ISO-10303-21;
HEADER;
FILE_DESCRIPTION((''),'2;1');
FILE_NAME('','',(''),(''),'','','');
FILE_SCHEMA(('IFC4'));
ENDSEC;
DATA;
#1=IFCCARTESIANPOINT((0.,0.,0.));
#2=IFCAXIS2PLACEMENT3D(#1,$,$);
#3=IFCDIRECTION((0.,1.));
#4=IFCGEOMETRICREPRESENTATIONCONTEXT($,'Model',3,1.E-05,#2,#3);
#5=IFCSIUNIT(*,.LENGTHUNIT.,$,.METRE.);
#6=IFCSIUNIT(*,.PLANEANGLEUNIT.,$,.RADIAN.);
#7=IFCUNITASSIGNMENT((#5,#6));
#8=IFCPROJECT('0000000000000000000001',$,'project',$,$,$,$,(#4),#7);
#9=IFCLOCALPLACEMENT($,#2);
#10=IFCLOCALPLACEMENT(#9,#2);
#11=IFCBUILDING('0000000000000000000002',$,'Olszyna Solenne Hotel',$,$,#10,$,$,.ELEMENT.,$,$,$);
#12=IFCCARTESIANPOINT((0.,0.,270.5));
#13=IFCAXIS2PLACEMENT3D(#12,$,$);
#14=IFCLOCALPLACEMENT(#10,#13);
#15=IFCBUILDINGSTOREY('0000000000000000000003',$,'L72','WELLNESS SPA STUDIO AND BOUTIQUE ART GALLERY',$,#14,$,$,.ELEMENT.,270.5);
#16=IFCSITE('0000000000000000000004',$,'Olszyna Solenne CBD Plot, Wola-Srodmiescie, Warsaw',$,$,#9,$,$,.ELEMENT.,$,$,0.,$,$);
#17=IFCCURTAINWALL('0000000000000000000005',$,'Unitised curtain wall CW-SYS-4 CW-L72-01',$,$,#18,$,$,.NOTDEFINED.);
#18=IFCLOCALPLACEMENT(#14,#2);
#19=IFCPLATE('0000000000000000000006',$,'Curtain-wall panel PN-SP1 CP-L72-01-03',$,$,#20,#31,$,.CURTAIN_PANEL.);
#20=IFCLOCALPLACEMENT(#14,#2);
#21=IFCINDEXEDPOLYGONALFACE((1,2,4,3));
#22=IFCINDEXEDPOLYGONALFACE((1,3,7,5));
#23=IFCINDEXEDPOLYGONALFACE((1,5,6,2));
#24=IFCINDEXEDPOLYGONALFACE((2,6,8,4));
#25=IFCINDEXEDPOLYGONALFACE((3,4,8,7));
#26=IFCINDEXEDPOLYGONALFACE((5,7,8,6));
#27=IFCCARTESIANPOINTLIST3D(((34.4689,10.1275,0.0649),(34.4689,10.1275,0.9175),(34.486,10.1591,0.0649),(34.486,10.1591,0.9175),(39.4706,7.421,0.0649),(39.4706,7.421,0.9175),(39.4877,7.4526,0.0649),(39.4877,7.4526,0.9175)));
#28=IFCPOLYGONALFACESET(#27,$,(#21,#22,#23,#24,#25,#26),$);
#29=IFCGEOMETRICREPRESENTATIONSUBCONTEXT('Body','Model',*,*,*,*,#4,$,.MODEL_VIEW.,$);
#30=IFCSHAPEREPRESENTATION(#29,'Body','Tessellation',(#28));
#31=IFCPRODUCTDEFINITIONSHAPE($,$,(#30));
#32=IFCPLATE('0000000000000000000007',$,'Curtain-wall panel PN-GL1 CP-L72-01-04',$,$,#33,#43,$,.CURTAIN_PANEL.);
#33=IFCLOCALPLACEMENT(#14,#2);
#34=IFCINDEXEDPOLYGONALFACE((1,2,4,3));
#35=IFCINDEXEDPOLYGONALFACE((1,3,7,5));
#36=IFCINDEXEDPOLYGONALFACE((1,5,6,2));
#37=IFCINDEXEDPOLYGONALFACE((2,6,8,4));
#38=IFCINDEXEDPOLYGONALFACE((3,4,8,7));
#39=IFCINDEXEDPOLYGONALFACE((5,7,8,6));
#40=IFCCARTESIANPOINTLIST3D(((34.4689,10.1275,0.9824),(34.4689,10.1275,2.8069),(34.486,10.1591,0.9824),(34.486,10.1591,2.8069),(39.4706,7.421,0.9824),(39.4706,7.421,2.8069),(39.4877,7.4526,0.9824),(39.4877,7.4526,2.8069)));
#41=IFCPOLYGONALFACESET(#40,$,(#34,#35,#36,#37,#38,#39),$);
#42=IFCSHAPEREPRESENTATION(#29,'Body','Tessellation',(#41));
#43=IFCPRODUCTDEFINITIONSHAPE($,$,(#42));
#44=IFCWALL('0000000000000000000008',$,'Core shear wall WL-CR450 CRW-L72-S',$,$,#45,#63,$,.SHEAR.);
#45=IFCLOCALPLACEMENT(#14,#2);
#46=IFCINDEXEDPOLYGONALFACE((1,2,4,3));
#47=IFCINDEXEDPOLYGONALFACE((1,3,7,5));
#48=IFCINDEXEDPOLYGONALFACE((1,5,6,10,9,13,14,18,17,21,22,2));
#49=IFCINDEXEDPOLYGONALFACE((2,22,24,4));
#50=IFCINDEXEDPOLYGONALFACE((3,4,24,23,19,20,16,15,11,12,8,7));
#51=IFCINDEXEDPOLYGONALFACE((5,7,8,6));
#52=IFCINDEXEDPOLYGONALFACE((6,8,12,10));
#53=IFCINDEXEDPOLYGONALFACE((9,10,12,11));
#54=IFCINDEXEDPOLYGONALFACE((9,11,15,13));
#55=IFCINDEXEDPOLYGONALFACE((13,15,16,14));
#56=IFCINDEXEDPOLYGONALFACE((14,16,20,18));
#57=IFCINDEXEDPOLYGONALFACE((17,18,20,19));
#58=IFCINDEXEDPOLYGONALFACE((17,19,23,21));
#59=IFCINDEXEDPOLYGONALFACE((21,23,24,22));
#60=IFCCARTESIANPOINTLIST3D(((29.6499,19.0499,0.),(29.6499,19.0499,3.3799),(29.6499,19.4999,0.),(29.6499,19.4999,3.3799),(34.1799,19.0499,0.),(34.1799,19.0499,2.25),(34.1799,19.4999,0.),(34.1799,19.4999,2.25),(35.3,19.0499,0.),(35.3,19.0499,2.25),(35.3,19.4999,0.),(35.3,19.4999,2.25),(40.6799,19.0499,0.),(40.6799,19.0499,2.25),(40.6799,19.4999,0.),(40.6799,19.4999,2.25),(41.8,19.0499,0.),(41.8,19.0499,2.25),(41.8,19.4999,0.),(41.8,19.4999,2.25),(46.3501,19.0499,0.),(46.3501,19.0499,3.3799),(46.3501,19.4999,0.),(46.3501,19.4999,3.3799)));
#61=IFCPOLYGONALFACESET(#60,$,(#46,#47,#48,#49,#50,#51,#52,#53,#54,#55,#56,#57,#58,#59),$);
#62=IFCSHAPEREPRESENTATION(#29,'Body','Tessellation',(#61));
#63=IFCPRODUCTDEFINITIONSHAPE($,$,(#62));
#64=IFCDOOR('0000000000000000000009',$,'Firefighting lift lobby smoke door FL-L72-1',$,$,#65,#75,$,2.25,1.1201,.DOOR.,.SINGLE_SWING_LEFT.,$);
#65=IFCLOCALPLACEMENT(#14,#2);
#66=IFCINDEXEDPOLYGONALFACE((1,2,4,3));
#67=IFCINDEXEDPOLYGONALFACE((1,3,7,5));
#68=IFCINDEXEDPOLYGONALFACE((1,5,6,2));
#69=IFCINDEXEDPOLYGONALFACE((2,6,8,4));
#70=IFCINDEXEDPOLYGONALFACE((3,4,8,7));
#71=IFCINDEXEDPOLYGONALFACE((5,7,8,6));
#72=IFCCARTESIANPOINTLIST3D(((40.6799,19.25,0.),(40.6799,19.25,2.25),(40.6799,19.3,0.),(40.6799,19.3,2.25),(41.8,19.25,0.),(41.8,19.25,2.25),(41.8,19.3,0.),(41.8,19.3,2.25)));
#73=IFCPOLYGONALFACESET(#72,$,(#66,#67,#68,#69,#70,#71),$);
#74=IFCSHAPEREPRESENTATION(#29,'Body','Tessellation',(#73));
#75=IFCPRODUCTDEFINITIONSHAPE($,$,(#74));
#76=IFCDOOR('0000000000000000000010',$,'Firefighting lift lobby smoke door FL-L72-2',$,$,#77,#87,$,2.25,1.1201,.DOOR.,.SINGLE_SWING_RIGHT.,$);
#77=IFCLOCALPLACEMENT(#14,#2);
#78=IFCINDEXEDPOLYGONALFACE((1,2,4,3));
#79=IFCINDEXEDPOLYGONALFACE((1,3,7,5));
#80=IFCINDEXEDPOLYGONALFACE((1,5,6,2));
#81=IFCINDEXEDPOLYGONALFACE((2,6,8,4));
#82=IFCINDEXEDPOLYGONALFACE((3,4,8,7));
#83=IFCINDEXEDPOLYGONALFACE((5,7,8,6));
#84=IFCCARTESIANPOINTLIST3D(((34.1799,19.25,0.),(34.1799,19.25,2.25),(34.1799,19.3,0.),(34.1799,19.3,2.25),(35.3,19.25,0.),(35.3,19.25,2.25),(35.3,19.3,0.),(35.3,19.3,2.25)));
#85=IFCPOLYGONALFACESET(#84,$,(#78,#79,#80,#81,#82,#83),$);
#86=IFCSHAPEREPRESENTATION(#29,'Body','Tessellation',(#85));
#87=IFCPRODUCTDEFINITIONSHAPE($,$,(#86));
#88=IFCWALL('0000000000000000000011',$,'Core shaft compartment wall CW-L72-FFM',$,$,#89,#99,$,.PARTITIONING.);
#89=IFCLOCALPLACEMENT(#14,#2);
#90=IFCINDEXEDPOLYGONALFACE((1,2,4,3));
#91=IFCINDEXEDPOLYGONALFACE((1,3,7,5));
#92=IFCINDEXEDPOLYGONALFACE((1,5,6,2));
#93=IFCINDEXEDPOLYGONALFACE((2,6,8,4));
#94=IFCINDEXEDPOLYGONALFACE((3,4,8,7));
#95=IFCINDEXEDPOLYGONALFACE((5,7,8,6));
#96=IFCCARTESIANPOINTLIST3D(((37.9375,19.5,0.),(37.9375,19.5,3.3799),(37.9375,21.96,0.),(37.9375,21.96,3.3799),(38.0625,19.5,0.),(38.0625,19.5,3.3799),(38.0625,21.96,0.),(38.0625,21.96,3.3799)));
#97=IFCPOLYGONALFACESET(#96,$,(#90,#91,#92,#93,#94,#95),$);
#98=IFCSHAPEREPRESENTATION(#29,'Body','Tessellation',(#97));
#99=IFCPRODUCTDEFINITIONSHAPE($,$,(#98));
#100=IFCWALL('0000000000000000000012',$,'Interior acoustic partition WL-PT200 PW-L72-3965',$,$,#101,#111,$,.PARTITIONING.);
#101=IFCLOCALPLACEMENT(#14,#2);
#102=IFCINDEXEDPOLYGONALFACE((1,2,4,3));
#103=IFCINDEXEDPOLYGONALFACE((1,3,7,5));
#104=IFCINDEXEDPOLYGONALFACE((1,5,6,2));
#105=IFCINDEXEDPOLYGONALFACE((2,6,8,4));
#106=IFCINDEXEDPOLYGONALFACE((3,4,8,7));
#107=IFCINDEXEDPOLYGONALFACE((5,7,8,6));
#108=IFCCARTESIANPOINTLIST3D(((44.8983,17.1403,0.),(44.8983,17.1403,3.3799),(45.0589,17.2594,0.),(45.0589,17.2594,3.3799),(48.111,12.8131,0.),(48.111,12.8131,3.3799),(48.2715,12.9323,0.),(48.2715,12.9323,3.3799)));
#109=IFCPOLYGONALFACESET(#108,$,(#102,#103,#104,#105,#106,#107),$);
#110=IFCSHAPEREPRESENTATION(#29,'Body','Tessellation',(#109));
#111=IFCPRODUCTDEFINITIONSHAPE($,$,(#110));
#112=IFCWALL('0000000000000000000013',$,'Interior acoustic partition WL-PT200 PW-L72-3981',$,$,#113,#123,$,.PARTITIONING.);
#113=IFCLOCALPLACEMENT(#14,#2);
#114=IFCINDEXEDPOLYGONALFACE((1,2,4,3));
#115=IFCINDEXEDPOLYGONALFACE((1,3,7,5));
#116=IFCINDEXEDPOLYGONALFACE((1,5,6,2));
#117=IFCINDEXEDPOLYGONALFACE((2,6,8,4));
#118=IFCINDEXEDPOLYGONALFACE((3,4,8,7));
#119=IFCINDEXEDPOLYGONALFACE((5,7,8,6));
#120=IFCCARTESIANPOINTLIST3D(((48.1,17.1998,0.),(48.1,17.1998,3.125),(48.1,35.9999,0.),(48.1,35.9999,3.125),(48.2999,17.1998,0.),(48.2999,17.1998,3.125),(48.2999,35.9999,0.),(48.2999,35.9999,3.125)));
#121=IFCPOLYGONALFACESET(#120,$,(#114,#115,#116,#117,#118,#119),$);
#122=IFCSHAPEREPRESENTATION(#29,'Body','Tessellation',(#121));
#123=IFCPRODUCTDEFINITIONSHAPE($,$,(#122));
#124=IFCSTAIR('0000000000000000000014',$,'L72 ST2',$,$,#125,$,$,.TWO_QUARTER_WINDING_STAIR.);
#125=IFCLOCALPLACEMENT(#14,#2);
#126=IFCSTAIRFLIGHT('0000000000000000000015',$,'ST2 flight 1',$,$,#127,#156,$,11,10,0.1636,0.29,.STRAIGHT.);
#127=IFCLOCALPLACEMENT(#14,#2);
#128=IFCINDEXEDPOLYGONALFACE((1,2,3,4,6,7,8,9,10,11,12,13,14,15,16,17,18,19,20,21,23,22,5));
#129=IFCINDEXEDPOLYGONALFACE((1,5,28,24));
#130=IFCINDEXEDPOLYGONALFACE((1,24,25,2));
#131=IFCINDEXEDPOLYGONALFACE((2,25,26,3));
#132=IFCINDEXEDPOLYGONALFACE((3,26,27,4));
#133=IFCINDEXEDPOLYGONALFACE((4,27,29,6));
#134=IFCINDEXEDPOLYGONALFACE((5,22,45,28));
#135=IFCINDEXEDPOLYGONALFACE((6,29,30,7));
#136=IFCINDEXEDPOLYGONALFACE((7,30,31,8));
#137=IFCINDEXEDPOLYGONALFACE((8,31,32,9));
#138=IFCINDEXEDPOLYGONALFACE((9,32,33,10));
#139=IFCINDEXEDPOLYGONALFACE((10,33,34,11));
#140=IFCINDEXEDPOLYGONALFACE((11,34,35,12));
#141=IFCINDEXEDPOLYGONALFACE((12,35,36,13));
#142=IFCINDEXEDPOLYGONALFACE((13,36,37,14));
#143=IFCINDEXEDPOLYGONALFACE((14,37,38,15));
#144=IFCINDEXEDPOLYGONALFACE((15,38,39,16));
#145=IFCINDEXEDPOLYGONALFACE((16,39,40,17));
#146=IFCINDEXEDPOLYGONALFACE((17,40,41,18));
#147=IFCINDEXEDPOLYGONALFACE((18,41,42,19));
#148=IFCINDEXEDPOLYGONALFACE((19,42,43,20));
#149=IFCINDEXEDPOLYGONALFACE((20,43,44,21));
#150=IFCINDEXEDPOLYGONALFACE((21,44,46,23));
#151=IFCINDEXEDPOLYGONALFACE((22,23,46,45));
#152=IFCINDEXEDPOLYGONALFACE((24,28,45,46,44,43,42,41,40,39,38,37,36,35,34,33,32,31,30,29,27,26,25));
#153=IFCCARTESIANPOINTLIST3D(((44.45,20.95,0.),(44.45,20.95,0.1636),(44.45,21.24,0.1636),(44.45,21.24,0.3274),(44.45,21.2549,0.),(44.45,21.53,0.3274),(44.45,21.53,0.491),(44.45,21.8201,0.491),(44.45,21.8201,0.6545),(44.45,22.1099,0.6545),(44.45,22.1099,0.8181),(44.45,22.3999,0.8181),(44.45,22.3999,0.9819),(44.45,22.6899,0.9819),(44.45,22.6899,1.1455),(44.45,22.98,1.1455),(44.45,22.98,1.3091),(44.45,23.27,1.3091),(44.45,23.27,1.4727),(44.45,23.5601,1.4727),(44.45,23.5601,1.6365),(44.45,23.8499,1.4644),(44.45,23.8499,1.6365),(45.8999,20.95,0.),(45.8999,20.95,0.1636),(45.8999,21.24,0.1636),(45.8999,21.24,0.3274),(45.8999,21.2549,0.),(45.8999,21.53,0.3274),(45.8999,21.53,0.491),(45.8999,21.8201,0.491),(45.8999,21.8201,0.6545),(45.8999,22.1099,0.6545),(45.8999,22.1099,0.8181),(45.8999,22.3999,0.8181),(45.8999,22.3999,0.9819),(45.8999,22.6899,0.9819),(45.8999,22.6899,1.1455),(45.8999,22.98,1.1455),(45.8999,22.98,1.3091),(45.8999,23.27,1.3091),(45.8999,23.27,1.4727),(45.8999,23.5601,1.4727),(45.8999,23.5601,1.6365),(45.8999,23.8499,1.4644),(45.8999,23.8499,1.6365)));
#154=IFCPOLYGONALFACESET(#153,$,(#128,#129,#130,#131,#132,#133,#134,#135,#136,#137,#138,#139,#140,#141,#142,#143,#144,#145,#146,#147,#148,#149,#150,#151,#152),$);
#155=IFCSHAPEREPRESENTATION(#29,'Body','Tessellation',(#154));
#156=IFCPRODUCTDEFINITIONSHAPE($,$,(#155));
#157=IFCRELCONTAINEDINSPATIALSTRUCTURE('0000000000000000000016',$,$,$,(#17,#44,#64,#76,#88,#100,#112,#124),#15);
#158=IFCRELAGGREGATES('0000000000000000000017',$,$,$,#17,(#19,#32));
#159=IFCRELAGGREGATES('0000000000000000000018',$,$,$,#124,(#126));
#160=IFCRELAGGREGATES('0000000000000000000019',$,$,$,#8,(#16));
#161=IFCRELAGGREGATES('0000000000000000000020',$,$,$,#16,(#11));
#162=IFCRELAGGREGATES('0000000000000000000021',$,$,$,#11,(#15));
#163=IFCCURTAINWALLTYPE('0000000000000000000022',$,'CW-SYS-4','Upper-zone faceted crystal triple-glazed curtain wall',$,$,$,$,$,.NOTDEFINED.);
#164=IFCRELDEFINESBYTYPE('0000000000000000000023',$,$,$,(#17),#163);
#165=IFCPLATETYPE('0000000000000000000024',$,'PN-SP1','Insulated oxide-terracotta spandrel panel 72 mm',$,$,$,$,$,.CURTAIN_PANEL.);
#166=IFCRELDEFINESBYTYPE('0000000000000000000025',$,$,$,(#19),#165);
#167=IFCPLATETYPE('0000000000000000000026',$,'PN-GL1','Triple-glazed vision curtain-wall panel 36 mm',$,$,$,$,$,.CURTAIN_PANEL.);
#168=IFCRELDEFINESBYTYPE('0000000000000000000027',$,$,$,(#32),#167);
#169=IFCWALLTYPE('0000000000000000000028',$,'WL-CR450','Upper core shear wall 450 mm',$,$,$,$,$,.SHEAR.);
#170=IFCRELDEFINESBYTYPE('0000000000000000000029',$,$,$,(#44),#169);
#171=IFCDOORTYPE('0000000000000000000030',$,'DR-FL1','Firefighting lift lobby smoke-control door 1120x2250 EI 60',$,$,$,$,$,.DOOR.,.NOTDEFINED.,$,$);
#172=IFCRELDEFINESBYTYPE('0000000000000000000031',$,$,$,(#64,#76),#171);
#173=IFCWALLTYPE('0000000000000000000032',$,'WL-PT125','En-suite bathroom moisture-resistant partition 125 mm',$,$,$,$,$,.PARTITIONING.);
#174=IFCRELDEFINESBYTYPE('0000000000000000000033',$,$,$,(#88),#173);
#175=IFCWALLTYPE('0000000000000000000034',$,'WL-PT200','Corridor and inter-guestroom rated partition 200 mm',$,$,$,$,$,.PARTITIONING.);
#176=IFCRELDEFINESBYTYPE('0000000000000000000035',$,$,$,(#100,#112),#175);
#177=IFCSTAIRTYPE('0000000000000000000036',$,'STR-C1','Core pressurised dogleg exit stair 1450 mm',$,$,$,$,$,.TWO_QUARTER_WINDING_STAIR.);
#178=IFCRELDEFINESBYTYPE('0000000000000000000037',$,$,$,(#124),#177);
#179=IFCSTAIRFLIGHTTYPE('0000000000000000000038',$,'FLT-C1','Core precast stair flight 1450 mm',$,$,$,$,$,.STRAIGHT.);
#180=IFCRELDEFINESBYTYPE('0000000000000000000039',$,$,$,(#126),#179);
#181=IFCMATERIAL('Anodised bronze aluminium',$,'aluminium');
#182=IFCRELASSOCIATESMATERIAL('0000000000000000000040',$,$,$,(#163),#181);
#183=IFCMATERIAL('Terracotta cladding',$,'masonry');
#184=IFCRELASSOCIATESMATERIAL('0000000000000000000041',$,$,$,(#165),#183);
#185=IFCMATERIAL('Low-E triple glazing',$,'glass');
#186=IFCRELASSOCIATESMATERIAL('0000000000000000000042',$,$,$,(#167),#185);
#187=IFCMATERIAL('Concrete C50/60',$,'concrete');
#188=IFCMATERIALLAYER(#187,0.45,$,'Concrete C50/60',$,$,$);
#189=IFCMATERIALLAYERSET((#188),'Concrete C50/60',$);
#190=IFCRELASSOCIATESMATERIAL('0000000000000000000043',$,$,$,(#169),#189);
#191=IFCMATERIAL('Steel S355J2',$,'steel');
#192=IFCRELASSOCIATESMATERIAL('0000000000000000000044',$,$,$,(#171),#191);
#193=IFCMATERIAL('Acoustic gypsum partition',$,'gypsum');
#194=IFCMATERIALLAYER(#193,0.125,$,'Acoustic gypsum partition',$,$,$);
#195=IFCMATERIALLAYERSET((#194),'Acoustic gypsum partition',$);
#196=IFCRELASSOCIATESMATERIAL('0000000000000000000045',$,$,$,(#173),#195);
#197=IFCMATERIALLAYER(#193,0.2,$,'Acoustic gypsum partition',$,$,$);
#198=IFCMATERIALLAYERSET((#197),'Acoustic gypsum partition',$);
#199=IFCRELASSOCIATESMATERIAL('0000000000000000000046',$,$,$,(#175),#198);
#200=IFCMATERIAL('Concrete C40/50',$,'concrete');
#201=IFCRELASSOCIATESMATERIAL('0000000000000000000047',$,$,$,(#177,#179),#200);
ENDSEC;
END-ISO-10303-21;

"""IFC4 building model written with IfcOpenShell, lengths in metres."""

from ifc_helpers import new_model, si_unit, direction, frame, frame_2d, origin, origin_2d, place, context, subcontext, project, spatial, polyline, rectangle, outline, extrude, source, transform, mapped, material, layer, layer_set, type_object, type_shapes, element, fill, aggregate, save


model = new_model("IFC4")

# Units and contexts
model_context = context("Model", 3, precision=1e-05, world=origin(), true_north=direction((0.0, 1.0)))
body_context = subcontext(model_context, "Body", "Model", "MODEL_VIEW")
ifc_project = project(units=[si_unit("LENGTHUNIT", "METRE"), si_unit("PLANEANGLEUNIT", "RADIAN")], contexts=[model_context])

# Site, building, storey
site_placement = place(None, origin())
site = spatial("IfcSite", under=ifc_project, at=site_placement, Name="Olszyna Solenne CBD Plot, Wola-Srodmiescie, Warsaw", CompositionType="ELEMENT", RefElevation=0.0)
building_placement = place(site_placement, origin())
building = spatial("IfcBuilding", under=site, at=building_placement, Name="Olszyna Solenne Hotel", CompositionType="ELEMENT")
storey_placement = place(building_placement, frame((0.0, 0.0, 270.5)))
storey = spatial("IfcBuildingStorey", under=building, at=storey_placement, Name="L72", Description="WELLNESS SPA STUDIO AND BOUTIQUE ART GALLERY", CompositionType="ELEMENT", Elevation=270.5)

# Shared definitions
ifc_material_1 = material(Name="Steel S355J2", Category="steel")

# Curtain wall
ifc_material_2 = material(Name="Anodised bronze aluminium", Category="aluminium")
curtain_wall_type = type_object("IfcCurtainWallType", Name="CW-SYS-4", Description="Upper-zone faceted crystal triple-glazed curtain wall", PredefinedType="NOTDEFINED", material=ifc_material_2)
curtain_wall_placement = place(storey_placement, origin())
curtain_wall = element("IfcCurtainWall", 1, at=curtain_wall_placement, inside=storey, type_object=curtain_wall_type, Name="Unitised curtain wall CW-SYS-4 CW-L72-01", PredefinedType="NOTDEFINED")

# Shared definitions
ifc_material_3 = material(Name="Concrete C50/60", Category="concrete")

# Plates
ifc_material_4 = material(Name="Terracotta cladding", Category="masonry")
plate_type_1 = type_object("IfcPlateType", Name="PN-SP1", Description="Insulated oxide-terracotta spandrel panel 72 mm", PredefinedType="CURTAIN_PANEL", material=ifc_material_4)
shared_shape_1 = source(origin(), body_context, "Body", "SweptSolid", [
    extrude(rectangle(XDim=5.687, YDim=0.0359, at=origin_2d()), origin(), (0.0, 0.0, 1.0), 0.8525),
])
plate_1_placement = place(storey_placement, frame((36.9783, 8.79, 0.0649), z_axis=(0.0, 0.0, 1.0), x_axis=(0.879497, -0.475904, 0.0)))
plate_1 = element("IfcPlate", 2, at=plate_1_placement, type_object=plate_type_1, Name="Curtain-wall panel PN-SP1 CP-L72-01-03", PredefinedType="CURTAIN_PANEL", context=body_context, shape_type="MappedRepresentation", body=[
    mapped(shared_shape_1, transform((0.0, 0.0, 0.0), x_axis=(1.0, 0.0, 0.0), y_axis=(0.0, 1.0, 0.0), z_axis=(0.0, 0.0, 1.0), scale=1.0)),
])
ifc_material_5 = material(Name="Low-E triple glazing", Category="glass")
plate_type_2 = type_object("IfcPlateType", Name="PN-GL1", Description="Triple-glazed vision curtain-wall panel 36 mm", PredefinedType="CURTAIN_PANEL", material=ifc_material_5)
shared_shape_2 = source(origin(), body_context, "Body", "SweptSolid", [
    extrude(rectangle(XDim=5.687, YDim=0.0359, at=origin_2d()), origin(), (0.0, 0.0, 1.0), 1.8245),
])
plate_2_placement = place(storey_placement, frame((36.9783, 8.79, 0.9824), z_axis=(0.0, 0.0, 1.0), x_axis=(0.879497, -0.475904, 0.0)))
plate_2 = element("IfcPlate", 3, at=plate_2_placement, type_object=plate_type_2, Name="Curtain-wall panel PN-GL1 CP-L72-01-04", PredefinedType="CURTAIN_PANEL", context=body_context, shape_type="MappedRepresentation", body=[
    mapped(shared_shape_2, transform((0.0, 0.0, 0.0), x_axis=(1.0, 0.0, 0.0), y_axis=(0.0, 1.0, 0.0), z_axis=(0.0, 0.0, 1.0), scale=1.0)),
])
aggregate(curtain_wall, [plate_1, plate_2])

# Wall, openings, doors
ifc_layer_1 = layer(ifc_material_3, 0.45, Name="Concrete C50/60")
ifc_layer_set_1 = layer_set([ifc_layer_1], Name="Concrete C50/60")
wall_type_1 = type_object("IfcWallType", Name="WL-CR450", Description="Upper core shear wall 450 mm", PredefinedType="SHEAR", material=ifc_layer_set_1)
wall_1_placement = place(storey_placement, frame((46.3501, 19.2749, 0.0), z_axis=(0.0, 0.0, 1.0), x_axis=(-1.0, 0.0, 0.0)))
wall_1 = element("IfcWall", 4, at=wall_1_placement, inside=storey, type_object=wall_type_1, Name="Core shear wall WL-CR450 CRW-L72-S", PredefinedType="SHEAR", context=body_context, shape_type="SweptSolid", body=[
    extrude(rectangle(XDim=16.7002, YDim=0.45, at=frame_2d((8.3501, 0.0))), origin(), (0.0, 0.0, 1.0), 3.3799),
])
opening_1_placement = place(wall_1_placement, frame((4.55, 0.0, 0.0)))
opening_1 = element("IfcOpeningElement", 5, at=opening_1_placement, cuts=wall_1, PredefinedType="OPENING", context=body_context, shape_type="SweptSolid", body=[
    extrude(rectangle(XDim=1.1201, YDim=2.25, at=frame_2d((0.5601, 1.125))), frame((0.0, 0.2349, 0.0), z_axis=(0.0, -1.0, 0.0), x_axis=(1.0, 0.0, 0.0)), (0.0, 0.0, 1.0), 0.47),
])
opening_2_placement = place(wall_1_placement, frame((11.05, 0.0, 0.0)))
opening_2 = element("IfcOpeningElement", 6, at=opening_2_placement, cuts=wall_1, PredefinedType="OPENING", context=body_context, shape_type="SweptSolid", body=[
    extrude(rectangle(XDim=1.1201, YDim=2.25, at=frame_2d((0.5601, 1.125))), frame((0.0, 0.2349, 0.0), z_axis=(0.0, -1.0, 0.0), x_axis=(1.0, 0.0, 0.0)), (0.0, 0.0, 1.0), 0.47),
])
door_type = type_object("IfcDoorType", Name="DR-FL1", Description="Firefighting lift lobby smoke-control door 1120x2250 EI 60", OperationType="NOTDEFINED", PredefinedType="DOOR", material=ifc_material_1)
shared_shape_3 = source(origin(), body_context, "Body", "SweptSolid", [
    extrude(rectangle(XDim=1.1201, YDim=2.25, at=frame_2d((0.5601, 1.125))), frame((0.0, 0.0249, 0.0), z_axis=(0.0, -1.0, 0.0), x_axis=(1.0, 0.0, 0.0)), (0.0, 0.0, 1.0), 0.05),
])
type_shapes(door_type, [shared_shape_3])
door_1_placement = place(opening_1_placement, origin())
door_1 = element("IfcDoor", 7, at=door_1_placement, inside=storey, type_object=door_type, Name="Firefighting lift lobby smoke door FL-L72-1", OperationType="SINGLE_SWING_LEFT", OverallHeight=2.25, OverallWidth=1.1201, PredefinedType="DOOR", context=body_context, shape_type="MappedRepresentation", body=[
    mapped(shared_shape_3, transform((0.0, 0.0, 0.0), x_axis=(1.0, 0.0, 0.0), y_axis=(0.0, 1.0, 0.0), z_axis=(0.0, 0.0, 1.0), scale=1.0)),
])
fill(opening_1, door_1)
door_2_placement = place(opening_2_placement, origin())
door_2 = element("IfcDoor", 8, at=door_2_placement, inside=storey, type_object=door_type, Name="Firefighting lift lobby smoke door FL-L72-2", OperationType="SINGLE_SWING_RIGHT", OverallHeight=2.25, OverallWidth=1.1201, PredefinedType="DOOR", context=body_context, shape_type="MappedRepresentation", body=[
    mapped(shared_shape_3, transform((0.0, 0.0, 0.0), x_axis=(1.0, 0.0, 0.0), y_axis=(0.0, 1.0, 0.0), z_axis=(0.0, 0.0, 1.0), scale=1.0)),
])
fill(opening_2, door_2)

# Walls
ifc_material_6 = material(Name="Acoustic gypsum partition", Category="gypsum")
ifc_layer_2 = layer(ifc_material_6, 0.125, Name="Acoustic gypsum partition")
ifc_layer_set_2 = layer_set([ifc_layer_2], Name="Acoustic gypsum partition")
wall_type_2 = type_object("IfcWallType", Name="WL-PT125", Description="En-suite bathroom moisture-resistant partition 125 mm", PredefinedType="PARTITIONING", material=ifc_layer_set_2)
wall_2_placement = place(storey_placement, frame((38.0, 19.5, 0.0), z_axis=(0.0, 0.0, 1.0), x_axis=(0.0, 1.0, 0.0)))
element("IfcWall", 9, at=wall_2_placement, inside=storey, type_object=wall_type_2, Name="Core shaft compartment wall CW-L72-FFM", PredefinedType="PARTITIONING", context=body_context, shape_type="SweptSolid", body=[
    extrude(rectangle(XDim=2.46, YDim=0.125, at=frame_2d((1.23, 0.0))), origin(), (0.0, 0.0, 1.0), 3.3799),
])
ifc_layer_3 = layer(ifc_material_6, 0.2, Name="Acoustic gypsum partition")
ifc_layer_set_3 = layer_set([ifc_layer_3], Name="Acoustic gypsum partition")
wall_type_3 = type_object("IfcWallType", Name="WL-PT200", Description="Corridor and inter-guestroom rated partition 200 mm", PredefinedType="PARTITIONING", material=ifc_layer_set_3)
wall_3_placement = place(storey_placement, frame((44.9785, 17.2, 0.0), z_axis=(0.0, 0.0, 1.0), x_axis=(0.596108, -0.802904, 0.0)))
element("IfcWall", 10, at=wall_3_placement, inside=storey, type_object=wall_type_3, Name="Interior acoustic partition WL-PT200 PW-L72-3965", PredefinedType="PARTITIONING", context=body_context, shape_type="SweptSolid", body=[
    extrude(rectangle(XDim=5.3894, YDim=0.2, at=frame_2d((2.6948, 0.0))), origin(), (0.0, 0.0, 1.0), 3.3799),
])
wall_4_placement = place(storey_placement, frame((48.2, 17.2, 0.0), z_axis=(0.0, 0.0, 1.0), x_axis=(0.0, 1.0, 0.0)))
element("IfcWall", 11, at=wall_4_placement, inside=storey, type_object=wall_type_3, Name="Interior acoustic partition WL-PT200 PW-L72-3981", PredefinedType="PARTITIONING", context=body_context, shape_type="SweptSolid", body=[
    extrude(rectangle(XDim=18.8, YDim=0.2, at=frame_2d((9.3999, 0.0))), origin(), (0.0, 0.0, 1.0), 3.125),
])

# Stair, stair flight
ifc_material_7 = material(Name="Concrete C40/50", Category="concrete")
stair_type = type_object("IfcStairType", Name="STR-C1", Description="Core pressurised dogleg exit stair 1450 mm", PredefinedType="TWO_QUARTER_WINDING_STAIR", material=ifc_material_7)
stair_placement = place(storey_placement, origin())
stair = element("IfcStair", 12, at=stair_placement, inside=storey, type_object=stair_type, Name="L72 ST2", PredefinedType="TWO_QUARTER_WINDING_STAIR")
stair_flight_type = type_object("IfcStairFlightType", Name="FLT-C1", Description="Core precast stair flight 1450 mm", PredefinedType="STRAIGHT", material=ifc_material_7)
stair_flight_1_placement = place(storey_placement, frame((45.175, 20.95, 0.0), z_axis=(0.0, 0.0, 1.0), x_axis=(0.0, 1.0, 0.0)))
stair_flight_1 = element("IfcStairFlight", 13, at=stair_flight_1_placement, type_object=stair_flight_type, Name="ST2 flight 1", NumberOfRisers=11, NumberOfTreads=10, PredefinedType="STRAIGHT", RiserHeight=0.1636, TreadLength=0.29, context=body_context, shape_type="SweptSolid", body=[
    extrude(outline(polyline([(0.0, 0.0), (0.0, 0.1636), (0.29, 0.1636), (0.29, 0.3274), (0.5801, 0.3274), (0.5801, 0.491), (0.8701, 0.491), (0.8701, 0.6545), (1.1599, 0.6545), (1.1599, 0.8181), (1.45, 0.8181), (1.45, 0.9819), (1.74, 0.9819), (1.74, 1.1455), (2.03, 1.1455), (2.03, 1.3091), (2.3201, 1.3091), (2.3201, 1.4727), (2.6101, 1.4727), (2.6101, 1.6365), (2.8999, 1.6365), (2.8999, 1.8), (2.8999, 1.4644), (0.3049, 0.0), (0.0, 0.0)])), frame((0.0, 0.7251, 0.0), z_axis=(0.0, -1.0, 0.0), x_axis=(1.0, 0.0, 0.0)), (0.0, 0.0, 1.0), 1.45),
])
aggregate(stair, [stair_flight_1])

save(model, "model.ifc")
